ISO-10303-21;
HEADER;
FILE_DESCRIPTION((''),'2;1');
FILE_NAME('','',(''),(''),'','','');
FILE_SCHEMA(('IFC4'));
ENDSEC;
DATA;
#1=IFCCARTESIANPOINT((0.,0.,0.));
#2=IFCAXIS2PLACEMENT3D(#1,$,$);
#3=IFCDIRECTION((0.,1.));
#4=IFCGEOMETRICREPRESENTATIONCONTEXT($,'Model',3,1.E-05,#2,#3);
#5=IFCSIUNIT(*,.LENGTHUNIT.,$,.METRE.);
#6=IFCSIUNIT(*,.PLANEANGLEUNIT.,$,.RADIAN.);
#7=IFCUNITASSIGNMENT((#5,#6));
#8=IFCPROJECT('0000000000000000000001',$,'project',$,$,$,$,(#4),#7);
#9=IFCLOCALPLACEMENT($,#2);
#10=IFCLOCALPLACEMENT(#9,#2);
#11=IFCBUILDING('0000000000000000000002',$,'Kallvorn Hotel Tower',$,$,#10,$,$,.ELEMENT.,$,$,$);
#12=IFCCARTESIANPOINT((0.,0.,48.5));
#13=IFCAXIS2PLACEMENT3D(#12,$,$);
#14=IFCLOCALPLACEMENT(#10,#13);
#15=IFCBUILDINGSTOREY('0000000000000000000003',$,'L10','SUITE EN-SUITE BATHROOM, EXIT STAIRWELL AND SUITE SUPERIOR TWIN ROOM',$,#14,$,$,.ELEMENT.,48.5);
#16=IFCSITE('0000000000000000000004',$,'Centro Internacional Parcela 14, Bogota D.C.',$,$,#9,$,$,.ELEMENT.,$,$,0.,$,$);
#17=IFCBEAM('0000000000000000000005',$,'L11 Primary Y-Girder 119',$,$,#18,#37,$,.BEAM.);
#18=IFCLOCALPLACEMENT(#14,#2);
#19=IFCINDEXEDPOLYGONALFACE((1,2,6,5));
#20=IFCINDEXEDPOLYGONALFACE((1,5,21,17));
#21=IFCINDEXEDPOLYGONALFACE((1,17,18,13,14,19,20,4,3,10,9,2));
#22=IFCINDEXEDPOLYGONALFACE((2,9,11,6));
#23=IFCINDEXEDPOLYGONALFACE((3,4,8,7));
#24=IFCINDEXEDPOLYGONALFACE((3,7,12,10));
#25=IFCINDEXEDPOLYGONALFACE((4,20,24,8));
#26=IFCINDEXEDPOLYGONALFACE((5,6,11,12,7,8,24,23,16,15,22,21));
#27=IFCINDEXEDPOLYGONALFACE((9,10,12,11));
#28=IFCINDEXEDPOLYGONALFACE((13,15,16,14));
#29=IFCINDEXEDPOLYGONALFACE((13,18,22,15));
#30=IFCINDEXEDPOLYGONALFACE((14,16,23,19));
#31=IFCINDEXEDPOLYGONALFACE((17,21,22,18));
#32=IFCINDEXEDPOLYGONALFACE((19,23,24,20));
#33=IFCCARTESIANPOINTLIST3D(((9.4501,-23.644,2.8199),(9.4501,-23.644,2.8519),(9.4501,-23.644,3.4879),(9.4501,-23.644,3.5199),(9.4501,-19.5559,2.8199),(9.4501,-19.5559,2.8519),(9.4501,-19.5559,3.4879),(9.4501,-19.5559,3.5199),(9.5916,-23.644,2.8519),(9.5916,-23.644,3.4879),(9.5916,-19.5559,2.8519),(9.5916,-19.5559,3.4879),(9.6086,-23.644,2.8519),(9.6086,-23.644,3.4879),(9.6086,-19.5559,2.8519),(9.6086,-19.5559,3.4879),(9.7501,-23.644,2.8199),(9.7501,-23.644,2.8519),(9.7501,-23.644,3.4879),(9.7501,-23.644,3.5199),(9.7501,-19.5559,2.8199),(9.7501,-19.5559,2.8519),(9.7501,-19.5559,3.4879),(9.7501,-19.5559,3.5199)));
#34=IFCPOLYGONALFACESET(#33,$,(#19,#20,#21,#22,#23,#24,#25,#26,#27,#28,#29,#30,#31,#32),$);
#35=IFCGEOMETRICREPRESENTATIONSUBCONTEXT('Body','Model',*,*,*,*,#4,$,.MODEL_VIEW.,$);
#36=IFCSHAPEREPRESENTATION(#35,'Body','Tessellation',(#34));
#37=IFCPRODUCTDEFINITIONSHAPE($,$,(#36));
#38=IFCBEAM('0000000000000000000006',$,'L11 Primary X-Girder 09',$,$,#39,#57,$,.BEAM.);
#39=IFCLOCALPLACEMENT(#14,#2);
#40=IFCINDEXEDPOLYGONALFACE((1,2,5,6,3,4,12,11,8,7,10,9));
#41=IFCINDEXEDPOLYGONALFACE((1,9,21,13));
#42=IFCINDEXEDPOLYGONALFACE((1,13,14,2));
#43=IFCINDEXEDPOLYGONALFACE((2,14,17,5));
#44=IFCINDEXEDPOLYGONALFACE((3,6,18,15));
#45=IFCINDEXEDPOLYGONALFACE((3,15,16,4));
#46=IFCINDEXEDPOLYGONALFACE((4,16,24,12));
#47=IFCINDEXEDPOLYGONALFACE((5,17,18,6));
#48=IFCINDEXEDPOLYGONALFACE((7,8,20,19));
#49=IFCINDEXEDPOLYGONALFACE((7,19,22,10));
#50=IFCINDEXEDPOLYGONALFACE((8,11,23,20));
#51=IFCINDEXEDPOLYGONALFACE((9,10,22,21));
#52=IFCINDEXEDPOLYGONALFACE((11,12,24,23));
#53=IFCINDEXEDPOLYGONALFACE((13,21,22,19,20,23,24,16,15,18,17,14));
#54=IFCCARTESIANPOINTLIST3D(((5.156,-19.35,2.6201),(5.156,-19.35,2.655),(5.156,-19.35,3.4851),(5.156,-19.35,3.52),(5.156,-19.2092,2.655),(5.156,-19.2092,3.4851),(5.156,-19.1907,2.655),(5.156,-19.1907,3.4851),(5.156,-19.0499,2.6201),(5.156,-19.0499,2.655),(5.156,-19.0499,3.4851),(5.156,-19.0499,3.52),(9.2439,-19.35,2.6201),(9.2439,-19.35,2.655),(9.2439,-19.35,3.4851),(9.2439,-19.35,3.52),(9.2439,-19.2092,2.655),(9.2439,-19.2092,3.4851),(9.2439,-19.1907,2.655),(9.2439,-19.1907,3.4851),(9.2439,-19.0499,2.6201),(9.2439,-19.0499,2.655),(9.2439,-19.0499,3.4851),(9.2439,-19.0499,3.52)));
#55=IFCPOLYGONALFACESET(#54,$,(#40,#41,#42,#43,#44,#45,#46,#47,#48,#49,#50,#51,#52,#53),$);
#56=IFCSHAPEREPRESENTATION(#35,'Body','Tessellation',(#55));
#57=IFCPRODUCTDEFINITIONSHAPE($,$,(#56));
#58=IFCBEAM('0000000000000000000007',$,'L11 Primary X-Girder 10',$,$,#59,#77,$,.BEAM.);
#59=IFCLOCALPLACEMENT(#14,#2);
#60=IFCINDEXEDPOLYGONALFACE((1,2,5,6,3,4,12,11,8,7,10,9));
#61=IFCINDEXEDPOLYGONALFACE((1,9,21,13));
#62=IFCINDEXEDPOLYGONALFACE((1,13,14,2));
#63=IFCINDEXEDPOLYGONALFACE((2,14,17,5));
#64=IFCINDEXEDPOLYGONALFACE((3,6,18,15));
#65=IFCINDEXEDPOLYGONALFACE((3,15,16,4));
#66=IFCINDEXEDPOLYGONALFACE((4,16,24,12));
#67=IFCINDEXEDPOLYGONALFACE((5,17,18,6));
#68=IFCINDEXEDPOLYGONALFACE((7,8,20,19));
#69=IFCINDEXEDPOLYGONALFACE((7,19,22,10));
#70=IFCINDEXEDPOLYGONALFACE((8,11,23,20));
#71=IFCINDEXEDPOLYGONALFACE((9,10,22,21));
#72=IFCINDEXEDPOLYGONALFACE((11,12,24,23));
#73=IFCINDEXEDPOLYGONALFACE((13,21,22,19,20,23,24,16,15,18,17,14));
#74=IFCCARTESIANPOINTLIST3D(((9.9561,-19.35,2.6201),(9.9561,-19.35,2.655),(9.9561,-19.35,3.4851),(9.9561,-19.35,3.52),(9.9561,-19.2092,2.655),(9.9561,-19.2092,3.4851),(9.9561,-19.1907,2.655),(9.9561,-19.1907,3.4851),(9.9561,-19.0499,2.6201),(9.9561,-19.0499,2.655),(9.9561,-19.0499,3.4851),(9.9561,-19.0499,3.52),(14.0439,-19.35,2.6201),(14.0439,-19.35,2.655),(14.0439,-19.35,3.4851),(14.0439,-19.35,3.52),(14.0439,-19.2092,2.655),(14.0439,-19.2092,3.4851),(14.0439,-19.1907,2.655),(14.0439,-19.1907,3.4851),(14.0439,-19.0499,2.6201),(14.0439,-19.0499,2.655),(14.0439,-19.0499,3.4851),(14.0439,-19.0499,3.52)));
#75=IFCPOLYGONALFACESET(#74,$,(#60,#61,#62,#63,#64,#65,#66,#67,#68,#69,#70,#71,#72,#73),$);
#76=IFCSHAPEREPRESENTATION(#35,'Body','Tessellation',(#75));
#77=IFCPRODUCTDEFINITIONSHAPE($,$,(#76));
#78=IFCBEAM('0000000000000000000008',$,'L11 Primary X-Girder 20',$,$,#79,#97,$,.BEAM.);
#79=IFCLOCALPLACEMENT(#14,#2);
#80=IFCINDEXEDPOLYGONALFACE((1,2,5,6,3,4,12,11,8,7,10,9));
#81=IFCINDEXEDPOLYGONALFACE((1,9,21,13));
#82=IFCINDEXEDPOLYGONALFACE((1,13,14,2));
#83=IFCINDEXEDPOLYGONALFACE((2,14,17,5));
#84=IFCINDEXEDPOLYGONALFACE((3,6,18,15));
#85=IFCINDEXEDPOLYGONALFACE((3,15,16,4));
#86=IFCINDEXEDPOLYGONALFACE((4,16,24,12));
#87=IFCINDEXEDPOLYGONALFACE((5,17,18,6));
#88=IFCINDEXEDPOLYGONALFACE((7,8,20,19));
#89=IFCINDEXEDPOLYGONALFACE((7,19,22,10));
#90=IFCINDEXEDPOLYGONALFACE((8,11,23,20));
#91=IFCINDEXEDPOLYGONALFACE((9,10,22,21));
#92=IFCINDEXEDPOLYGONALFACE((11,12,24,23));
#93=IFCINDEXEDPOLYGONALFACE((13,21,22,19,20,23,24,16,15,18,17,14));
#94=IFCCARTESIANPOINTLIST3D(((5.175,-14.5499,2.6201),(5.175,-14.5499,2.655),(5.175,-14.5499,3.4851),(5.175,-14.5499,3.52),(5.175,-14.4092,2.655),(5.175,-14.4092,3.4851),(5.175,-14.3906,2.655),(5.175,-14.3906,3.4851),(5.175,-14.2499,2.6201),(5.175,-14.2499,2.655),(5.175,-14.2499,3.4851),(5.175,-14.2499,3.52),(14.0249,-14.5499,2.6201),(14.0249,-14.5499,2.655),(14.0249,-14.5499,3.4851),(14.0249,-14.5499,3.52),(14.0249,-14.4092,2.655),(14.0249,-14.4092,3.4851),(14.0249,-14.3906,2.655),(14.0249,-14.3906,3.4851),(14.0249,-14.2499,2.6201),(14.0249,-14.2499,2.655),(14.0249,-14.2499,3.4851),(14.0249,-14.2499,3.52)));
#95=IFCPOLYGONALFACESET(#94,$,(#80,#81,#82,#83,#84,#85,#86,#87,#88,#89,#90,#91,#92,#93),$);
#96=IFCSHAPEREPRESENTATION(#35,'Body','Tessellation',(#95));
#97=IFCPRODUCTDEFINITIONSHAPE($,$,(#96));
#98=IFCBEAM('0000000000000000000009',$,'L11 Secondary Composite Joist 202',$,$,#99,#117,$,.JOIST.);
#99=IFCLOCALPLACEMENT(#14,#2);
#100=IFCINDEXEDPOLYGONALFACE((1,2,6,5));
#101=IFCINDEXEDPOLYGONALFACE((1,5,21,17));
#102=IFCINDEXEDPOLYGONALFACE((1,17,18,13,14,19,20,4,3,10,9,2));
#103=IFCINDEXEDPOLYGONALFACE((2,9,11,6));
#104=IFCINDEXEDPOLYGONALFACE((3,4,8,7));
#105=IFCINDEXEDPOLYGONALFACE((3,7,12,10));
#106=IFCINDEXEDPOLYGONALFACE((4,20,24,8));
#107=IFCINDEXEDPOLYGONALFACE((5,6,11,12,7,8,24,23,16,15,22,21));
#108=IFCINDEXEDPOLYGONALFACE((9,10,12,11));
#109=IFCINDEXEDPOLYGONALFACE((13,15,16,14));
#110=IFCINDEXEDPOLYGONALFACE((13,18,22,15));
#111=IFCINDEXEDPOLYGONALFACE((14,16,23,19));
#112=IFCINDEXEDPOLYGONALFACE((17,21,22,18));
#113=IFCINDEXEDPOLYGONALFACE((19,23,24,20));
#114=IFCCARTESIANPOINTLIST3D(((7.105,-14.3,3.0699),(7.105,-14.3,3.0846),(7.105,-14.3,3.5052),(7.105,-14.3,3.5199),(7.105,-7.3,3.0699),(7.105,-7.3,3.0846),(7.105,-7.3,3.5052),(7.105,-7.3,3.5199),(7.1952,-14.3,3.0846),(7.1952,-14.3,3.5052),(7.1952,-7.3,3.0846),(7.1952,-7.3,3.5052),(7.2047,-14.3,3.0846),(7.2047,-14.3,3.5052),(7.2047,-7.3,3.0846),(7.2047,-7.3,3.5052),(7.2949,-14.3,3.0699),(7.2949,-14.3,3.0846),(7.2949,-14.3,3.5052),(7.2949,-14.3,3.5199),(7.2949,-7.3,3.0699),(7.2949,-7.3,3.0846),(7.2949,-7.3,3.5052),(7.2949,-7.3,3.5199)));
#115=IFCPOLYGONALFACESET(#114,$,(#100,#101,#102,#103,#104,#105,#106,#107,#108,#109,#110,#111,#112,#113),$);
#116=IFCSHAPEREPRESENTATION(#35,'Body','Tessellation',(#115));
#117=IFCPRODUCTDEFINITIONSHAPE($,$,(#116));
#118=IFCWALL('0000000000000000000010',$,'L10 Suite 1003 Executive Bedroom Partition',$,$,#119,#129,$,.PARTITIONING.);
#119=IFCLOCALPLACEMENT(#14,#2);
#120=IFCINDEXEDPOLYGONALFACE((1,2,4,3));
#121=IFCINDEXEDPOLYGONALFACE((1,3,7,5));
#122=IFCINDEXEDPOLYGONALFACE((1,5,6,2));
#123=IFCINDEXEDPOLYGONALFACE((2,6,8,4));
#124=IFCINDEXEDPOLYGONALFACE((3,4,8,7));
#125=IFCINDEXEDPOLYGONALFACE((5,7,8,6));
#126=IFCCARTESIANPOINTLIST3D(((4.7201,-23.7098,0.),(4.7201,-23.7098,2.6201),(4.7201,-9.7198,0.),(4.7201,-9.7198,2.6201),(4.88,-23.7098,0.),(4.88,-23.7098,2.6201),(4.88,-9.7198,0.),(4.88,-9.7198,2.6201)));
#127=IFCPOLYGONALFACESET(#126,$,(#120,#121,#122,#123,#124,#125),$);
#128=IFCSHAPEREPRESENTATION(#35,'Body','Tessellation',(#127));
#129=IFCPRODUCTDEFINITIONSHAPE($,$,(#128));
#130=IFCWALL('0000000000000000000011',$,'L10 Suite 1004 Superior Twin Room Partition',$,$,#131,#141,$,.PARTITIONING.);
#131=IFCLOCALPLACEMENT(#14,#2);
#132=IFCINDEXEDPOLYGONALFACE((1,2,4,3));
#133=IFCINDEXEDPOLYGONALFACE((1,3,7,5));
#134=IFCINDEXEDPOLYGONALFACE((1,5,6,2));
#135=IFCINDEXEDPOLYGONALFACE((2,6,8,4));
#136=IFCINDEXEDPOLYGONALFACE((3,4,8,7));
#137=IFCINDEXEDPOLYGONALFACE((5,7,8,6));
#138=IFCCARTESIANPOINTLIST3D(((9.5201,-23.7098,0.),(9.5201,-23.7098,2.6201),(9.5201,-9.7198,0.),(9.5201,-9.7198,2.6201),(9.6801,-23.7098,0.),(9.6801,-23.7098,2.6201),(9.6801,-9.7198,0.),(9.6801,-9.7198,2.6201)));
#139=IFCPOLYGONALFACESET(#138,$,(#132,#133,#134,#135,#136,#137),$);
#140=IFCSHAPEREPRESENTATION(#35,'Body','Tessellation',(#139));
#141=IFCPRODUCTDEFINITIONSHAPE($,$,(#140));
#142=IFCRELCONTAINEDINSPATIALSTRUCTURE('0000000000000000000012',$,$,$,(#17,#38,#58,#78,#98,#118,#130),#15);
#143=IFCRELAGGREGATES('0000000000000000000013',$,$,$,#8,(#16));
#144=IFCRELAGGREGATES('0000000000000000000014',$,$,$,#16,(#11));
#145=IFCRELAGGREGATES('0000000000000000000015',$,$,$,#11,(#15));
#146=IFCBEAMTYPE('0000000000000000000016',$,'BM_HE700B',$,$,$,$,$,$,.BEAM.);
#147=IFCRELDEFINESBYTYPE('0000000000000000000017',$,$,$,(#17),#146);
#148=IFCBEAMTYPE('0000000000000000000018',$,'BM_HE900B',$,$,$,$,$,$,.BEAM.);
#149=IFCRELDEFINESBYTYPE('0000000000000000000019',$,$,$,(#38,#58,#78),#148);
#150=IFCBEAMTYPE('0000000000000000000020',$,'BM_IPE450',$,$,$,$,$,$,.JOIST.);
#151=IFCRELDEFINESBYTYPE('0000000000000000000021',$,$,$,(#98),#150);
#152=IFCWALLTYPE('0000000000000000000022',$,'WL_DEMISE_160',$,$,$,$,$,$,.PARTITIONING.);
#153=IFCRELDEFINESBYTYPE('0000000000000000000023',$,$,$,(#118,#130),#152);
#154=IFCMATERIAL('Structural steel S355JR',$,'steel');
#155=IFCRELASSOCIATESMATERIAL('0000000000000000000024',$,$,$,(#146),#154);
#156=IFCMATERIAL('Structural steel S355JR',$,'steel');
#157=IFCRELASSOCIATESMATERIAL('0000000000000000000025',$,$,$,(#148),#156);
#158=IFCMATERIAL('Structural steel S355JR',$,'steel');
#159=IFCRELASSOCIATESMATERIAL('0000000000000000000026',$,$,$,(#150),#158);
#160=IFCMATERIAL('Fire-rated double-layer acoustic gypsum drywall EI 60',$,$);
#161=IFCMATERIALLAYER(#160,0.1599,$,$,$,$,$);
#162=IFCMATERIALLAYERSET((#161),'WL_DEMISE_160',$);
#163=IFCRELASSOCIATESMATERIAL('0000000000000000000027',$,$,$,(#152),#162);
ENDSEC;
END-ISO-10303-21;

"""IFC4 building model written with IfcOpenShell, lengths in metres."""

from ifc_helpers import new_model, si_unit, direction, frame, frame_2d, origin, origin_2d, place, context, subcontext, project, spatial, rectangle, i_section, extrude, material, layer, layer_set, material_profile, profile_set, type_object, element, save


model = new_model("IFC4")

# Units and contexts
model_context = context("Model", 3, precision=1e-05, world=origin(), true_north=direction((0.0, 1.0)))
body_context = subcontext(model_context, "Body", "Model", "MODEL_VIEW")
ifc_project = project(units=[si_unit("LENGTHUNIT", "METRE"), si_unit("PLANEANGLEUNIT", "RADIAN")], contexts=[model_context])

# Site, building, storey
site_placement = place(None, origin())
site = spatial("IfcSite", under=ifc_project, at=site_placement, Name="Centro Internacional Parcela 14, Bogota D.C.", CompositionType="ELEMENT", RefElevation=0.0)
building_placement = place(site_placement, origin())
building = spatial("IfcBuilding", under=site, at=building_placement, Name="Kallvorn Hotel Tower", CompositionType="ELEMENT")
storey_placement = place(building_placement, frame((0.0, 0.0, 48.5)))
storey = spatial("IfcBuildingStorey", under=building, at=storey_placement, Name="L10", Description="SUITE EN-SUITE BATHROOM, EXIT STAIRWELL AND SUITE SUPERIOR TWIN ROOM", CompositionType="ELEMENT", Elevation=48.5)

# Beams
ifc_material_1 = material(Name="Structural steel S355JR", Category="steel")
ifc_material_profile_1 = material_profile(ifc_material_1, i_section(OverallWidth=0.3, OverallDepth=0.7, WebThickness=0.0171, FlangeThickness=0.032, at=origin_2d()), Name="HE 700 B")
ifc_profile_set_1 = profile_set([ifc_material_profile_1], Name="Structural steel S355JR")
beam_type_1 = type_object("IfcBeamType", Name="BM_HE700B", PredefinedType="BEAM", material=ifc_profile_set_1)
beam_1_placement = place(storey_placement, frame((9.6001, -23.644, 3.1699), z_axis=(0.0, 1.0, 0.0), x_axis=(-1.0, 0.0, 0.0)))
element("IfcBeam", 1, at=beam_1_placement, inside=storey, type_object=beam_type_1, Name="L11 Primary Y-Girder 119", PredefinedType="BEAM", context=body_context, shape_type="SweptSolid", body=[
    extrude(i_section(OverallWidth=0.3, OverallDepth=0.7, WebThickness=0.0171, FlangeThickness=0.032, at=origin_2d()), origin(), (0.0, 0.0, 1.0), 4.0881),
])
ifc_material_2 = material(Name="Structural steel S355JR", Category="steel")
ifc_material_profile_2 = material_profile(ifc_material_2, i_section(OverallWidth=0.3, OverallDepth=0.8999, WebThickness=0.0186, FlangeThickness=0.0349, at=origin_2d()), Name="HE 900 B")
ifc_profile_set_2 = profile_set([ifc_material_profile_2], Name="Structural steel S355JR")
beam_type_2 = type_object("IfcBeamType", Name="BM_HE900B", PredefinedType="BEAM", material=ifc_profile_set_2)
for number, where, z_axis, x_axis, name in (
    (2, (5.156, -19.2, 3.0701), (1.0, 0.0, 0.0), (0.0, 1.0, 0.0), "L11 Primary X-Girder 09"),
    (3, (9.9561, -19.2, 3.0701), (1.0, 0.0, 0.0), (0.0, 1.0, 0.0), "L11 Primary X-Girder 10"),
):
    element("IfcBeam", number, at=place(storey_placement, frame(where, z_axis=z_axis, x_axis=x_axis)), inside=storey, type_object=beam_type_2, Name=name, PredefinedType="BEAM", context=body_context, shape_type="SweptSolid", body=[
        extrude(i_section(OverallWidth=0.3, OverallDepth=0.8999, WebThickness=0.0186, FlangeThickness=0.0349, at=origin_2d()), origin(), (0.0, 0.0, 1.0), 4.0879),
    ])
beam_2_placement = place(storey_placement, frame((5.175, -14.3999, 3.0701), z_axis=(1.0, 0.0, 0.0), x_axis=(0.0, 1.0, 0.0)))
element("IfcBeam", 4, at=beam_2_placement, inside=storey, type_object=beam_type_2, Name="L11 Primary X-Girder 20", PredefinedType="BEAM", context=body_context, shape_type="SweptSolid", body=[
    extrude(i_section(OverallWidth=0.3, OverallDepth=0.8999, WebThickness=0.0186, FlangeThickness=0.0349, at=origin_2d()), origin(), (0.0, 0.0, 1.0), 8.8499),
])
ifc_material_3 = material(Name="Structural steel S355JR", Category="steel")
ifc_material_profile_3 = material_profile(ifc_material_3, i_section(OverallWidth=0.1899, OverallDepth=0.45, WebThickness=0.0095, FlangeThickness=0.0146, at=origin_2d()), Name="IPE 450")
ifc_profile_set_3 = profile_set([ifc_material_profile_3], Name="Structural steel S355JR")
beam_type_3 = type_object("IfcBeamType", Name="BM_IPE450", PredefinedType="JOIST", material=ifc_profile_set_3)
beam_3_placement = place(storey_placement, frame((7.2, -14.3, 3.2949), z_axis=(0.0, 1.0, 0.0), x_axis=(-1.0, 0.0, 0.0)))
element("IfcBeam", 5, at=beam_3_placement, inside=storey, type_object=beam_type_3, Name="L11 Secondary Composite Joist 202", PredefinedType="JOIST", context=body_context, shape_type="SweptSolid", body=[
    extrude(i_section(OverallWidth=0.1899, OverallDepth=0.45, WebThickness=0.0095, FlangeThickness=0.0146, at=origin_2d()), origin(), (0.0, 0.0, 1.0), 7.0),
])

# Walls
ifc_material_4 = material(Name="Fire-rated double-layer acoustic gypsum drywall EI 60")
ifc_layer = layer(ifc_material_4, 0.1599)
ifc_layer_set = layer_set([ifc_layer], Name="WL_DEMISE_160")
wall_type = type_object("IfcWallType", Name="WL_DEMISE_160", PredefinedType="PARTITIONING", material=ifc_layer_set)
for number, where, z_axis, x_axis, name in (
    (6, (4.8, -23.71, 0.0), (0.0, 0.0, 1.0), (0.0, 1.0, 0.0), "L10 Suite 1003 Executive Bedroom Partition"),
    (7, (9.6001, -23.71, 0.0), (0.0, 0.0, 1.0), (0.0, 1.0, 0.0), "L10 Suite 1004 Superior Twin Room Partition"),
):
    element("IfcWall", number, at=place(storey_placement, frame(where, z_axis=z_axis, x_axis=x_axis)), inside=storey, type_object=wall_type, Name=name, PredefinedType="PARTITIONING", context=body_context, shape_type="SweptSolid", body=[
        extrude(rectangle(XDim=13.99, YDim=0.1599, at=frame_2d((6.9951, 0.0))), origin(), (0.0, 0.0, 1.0), 2.6201),
    ])

save(model, "model.ifc")
